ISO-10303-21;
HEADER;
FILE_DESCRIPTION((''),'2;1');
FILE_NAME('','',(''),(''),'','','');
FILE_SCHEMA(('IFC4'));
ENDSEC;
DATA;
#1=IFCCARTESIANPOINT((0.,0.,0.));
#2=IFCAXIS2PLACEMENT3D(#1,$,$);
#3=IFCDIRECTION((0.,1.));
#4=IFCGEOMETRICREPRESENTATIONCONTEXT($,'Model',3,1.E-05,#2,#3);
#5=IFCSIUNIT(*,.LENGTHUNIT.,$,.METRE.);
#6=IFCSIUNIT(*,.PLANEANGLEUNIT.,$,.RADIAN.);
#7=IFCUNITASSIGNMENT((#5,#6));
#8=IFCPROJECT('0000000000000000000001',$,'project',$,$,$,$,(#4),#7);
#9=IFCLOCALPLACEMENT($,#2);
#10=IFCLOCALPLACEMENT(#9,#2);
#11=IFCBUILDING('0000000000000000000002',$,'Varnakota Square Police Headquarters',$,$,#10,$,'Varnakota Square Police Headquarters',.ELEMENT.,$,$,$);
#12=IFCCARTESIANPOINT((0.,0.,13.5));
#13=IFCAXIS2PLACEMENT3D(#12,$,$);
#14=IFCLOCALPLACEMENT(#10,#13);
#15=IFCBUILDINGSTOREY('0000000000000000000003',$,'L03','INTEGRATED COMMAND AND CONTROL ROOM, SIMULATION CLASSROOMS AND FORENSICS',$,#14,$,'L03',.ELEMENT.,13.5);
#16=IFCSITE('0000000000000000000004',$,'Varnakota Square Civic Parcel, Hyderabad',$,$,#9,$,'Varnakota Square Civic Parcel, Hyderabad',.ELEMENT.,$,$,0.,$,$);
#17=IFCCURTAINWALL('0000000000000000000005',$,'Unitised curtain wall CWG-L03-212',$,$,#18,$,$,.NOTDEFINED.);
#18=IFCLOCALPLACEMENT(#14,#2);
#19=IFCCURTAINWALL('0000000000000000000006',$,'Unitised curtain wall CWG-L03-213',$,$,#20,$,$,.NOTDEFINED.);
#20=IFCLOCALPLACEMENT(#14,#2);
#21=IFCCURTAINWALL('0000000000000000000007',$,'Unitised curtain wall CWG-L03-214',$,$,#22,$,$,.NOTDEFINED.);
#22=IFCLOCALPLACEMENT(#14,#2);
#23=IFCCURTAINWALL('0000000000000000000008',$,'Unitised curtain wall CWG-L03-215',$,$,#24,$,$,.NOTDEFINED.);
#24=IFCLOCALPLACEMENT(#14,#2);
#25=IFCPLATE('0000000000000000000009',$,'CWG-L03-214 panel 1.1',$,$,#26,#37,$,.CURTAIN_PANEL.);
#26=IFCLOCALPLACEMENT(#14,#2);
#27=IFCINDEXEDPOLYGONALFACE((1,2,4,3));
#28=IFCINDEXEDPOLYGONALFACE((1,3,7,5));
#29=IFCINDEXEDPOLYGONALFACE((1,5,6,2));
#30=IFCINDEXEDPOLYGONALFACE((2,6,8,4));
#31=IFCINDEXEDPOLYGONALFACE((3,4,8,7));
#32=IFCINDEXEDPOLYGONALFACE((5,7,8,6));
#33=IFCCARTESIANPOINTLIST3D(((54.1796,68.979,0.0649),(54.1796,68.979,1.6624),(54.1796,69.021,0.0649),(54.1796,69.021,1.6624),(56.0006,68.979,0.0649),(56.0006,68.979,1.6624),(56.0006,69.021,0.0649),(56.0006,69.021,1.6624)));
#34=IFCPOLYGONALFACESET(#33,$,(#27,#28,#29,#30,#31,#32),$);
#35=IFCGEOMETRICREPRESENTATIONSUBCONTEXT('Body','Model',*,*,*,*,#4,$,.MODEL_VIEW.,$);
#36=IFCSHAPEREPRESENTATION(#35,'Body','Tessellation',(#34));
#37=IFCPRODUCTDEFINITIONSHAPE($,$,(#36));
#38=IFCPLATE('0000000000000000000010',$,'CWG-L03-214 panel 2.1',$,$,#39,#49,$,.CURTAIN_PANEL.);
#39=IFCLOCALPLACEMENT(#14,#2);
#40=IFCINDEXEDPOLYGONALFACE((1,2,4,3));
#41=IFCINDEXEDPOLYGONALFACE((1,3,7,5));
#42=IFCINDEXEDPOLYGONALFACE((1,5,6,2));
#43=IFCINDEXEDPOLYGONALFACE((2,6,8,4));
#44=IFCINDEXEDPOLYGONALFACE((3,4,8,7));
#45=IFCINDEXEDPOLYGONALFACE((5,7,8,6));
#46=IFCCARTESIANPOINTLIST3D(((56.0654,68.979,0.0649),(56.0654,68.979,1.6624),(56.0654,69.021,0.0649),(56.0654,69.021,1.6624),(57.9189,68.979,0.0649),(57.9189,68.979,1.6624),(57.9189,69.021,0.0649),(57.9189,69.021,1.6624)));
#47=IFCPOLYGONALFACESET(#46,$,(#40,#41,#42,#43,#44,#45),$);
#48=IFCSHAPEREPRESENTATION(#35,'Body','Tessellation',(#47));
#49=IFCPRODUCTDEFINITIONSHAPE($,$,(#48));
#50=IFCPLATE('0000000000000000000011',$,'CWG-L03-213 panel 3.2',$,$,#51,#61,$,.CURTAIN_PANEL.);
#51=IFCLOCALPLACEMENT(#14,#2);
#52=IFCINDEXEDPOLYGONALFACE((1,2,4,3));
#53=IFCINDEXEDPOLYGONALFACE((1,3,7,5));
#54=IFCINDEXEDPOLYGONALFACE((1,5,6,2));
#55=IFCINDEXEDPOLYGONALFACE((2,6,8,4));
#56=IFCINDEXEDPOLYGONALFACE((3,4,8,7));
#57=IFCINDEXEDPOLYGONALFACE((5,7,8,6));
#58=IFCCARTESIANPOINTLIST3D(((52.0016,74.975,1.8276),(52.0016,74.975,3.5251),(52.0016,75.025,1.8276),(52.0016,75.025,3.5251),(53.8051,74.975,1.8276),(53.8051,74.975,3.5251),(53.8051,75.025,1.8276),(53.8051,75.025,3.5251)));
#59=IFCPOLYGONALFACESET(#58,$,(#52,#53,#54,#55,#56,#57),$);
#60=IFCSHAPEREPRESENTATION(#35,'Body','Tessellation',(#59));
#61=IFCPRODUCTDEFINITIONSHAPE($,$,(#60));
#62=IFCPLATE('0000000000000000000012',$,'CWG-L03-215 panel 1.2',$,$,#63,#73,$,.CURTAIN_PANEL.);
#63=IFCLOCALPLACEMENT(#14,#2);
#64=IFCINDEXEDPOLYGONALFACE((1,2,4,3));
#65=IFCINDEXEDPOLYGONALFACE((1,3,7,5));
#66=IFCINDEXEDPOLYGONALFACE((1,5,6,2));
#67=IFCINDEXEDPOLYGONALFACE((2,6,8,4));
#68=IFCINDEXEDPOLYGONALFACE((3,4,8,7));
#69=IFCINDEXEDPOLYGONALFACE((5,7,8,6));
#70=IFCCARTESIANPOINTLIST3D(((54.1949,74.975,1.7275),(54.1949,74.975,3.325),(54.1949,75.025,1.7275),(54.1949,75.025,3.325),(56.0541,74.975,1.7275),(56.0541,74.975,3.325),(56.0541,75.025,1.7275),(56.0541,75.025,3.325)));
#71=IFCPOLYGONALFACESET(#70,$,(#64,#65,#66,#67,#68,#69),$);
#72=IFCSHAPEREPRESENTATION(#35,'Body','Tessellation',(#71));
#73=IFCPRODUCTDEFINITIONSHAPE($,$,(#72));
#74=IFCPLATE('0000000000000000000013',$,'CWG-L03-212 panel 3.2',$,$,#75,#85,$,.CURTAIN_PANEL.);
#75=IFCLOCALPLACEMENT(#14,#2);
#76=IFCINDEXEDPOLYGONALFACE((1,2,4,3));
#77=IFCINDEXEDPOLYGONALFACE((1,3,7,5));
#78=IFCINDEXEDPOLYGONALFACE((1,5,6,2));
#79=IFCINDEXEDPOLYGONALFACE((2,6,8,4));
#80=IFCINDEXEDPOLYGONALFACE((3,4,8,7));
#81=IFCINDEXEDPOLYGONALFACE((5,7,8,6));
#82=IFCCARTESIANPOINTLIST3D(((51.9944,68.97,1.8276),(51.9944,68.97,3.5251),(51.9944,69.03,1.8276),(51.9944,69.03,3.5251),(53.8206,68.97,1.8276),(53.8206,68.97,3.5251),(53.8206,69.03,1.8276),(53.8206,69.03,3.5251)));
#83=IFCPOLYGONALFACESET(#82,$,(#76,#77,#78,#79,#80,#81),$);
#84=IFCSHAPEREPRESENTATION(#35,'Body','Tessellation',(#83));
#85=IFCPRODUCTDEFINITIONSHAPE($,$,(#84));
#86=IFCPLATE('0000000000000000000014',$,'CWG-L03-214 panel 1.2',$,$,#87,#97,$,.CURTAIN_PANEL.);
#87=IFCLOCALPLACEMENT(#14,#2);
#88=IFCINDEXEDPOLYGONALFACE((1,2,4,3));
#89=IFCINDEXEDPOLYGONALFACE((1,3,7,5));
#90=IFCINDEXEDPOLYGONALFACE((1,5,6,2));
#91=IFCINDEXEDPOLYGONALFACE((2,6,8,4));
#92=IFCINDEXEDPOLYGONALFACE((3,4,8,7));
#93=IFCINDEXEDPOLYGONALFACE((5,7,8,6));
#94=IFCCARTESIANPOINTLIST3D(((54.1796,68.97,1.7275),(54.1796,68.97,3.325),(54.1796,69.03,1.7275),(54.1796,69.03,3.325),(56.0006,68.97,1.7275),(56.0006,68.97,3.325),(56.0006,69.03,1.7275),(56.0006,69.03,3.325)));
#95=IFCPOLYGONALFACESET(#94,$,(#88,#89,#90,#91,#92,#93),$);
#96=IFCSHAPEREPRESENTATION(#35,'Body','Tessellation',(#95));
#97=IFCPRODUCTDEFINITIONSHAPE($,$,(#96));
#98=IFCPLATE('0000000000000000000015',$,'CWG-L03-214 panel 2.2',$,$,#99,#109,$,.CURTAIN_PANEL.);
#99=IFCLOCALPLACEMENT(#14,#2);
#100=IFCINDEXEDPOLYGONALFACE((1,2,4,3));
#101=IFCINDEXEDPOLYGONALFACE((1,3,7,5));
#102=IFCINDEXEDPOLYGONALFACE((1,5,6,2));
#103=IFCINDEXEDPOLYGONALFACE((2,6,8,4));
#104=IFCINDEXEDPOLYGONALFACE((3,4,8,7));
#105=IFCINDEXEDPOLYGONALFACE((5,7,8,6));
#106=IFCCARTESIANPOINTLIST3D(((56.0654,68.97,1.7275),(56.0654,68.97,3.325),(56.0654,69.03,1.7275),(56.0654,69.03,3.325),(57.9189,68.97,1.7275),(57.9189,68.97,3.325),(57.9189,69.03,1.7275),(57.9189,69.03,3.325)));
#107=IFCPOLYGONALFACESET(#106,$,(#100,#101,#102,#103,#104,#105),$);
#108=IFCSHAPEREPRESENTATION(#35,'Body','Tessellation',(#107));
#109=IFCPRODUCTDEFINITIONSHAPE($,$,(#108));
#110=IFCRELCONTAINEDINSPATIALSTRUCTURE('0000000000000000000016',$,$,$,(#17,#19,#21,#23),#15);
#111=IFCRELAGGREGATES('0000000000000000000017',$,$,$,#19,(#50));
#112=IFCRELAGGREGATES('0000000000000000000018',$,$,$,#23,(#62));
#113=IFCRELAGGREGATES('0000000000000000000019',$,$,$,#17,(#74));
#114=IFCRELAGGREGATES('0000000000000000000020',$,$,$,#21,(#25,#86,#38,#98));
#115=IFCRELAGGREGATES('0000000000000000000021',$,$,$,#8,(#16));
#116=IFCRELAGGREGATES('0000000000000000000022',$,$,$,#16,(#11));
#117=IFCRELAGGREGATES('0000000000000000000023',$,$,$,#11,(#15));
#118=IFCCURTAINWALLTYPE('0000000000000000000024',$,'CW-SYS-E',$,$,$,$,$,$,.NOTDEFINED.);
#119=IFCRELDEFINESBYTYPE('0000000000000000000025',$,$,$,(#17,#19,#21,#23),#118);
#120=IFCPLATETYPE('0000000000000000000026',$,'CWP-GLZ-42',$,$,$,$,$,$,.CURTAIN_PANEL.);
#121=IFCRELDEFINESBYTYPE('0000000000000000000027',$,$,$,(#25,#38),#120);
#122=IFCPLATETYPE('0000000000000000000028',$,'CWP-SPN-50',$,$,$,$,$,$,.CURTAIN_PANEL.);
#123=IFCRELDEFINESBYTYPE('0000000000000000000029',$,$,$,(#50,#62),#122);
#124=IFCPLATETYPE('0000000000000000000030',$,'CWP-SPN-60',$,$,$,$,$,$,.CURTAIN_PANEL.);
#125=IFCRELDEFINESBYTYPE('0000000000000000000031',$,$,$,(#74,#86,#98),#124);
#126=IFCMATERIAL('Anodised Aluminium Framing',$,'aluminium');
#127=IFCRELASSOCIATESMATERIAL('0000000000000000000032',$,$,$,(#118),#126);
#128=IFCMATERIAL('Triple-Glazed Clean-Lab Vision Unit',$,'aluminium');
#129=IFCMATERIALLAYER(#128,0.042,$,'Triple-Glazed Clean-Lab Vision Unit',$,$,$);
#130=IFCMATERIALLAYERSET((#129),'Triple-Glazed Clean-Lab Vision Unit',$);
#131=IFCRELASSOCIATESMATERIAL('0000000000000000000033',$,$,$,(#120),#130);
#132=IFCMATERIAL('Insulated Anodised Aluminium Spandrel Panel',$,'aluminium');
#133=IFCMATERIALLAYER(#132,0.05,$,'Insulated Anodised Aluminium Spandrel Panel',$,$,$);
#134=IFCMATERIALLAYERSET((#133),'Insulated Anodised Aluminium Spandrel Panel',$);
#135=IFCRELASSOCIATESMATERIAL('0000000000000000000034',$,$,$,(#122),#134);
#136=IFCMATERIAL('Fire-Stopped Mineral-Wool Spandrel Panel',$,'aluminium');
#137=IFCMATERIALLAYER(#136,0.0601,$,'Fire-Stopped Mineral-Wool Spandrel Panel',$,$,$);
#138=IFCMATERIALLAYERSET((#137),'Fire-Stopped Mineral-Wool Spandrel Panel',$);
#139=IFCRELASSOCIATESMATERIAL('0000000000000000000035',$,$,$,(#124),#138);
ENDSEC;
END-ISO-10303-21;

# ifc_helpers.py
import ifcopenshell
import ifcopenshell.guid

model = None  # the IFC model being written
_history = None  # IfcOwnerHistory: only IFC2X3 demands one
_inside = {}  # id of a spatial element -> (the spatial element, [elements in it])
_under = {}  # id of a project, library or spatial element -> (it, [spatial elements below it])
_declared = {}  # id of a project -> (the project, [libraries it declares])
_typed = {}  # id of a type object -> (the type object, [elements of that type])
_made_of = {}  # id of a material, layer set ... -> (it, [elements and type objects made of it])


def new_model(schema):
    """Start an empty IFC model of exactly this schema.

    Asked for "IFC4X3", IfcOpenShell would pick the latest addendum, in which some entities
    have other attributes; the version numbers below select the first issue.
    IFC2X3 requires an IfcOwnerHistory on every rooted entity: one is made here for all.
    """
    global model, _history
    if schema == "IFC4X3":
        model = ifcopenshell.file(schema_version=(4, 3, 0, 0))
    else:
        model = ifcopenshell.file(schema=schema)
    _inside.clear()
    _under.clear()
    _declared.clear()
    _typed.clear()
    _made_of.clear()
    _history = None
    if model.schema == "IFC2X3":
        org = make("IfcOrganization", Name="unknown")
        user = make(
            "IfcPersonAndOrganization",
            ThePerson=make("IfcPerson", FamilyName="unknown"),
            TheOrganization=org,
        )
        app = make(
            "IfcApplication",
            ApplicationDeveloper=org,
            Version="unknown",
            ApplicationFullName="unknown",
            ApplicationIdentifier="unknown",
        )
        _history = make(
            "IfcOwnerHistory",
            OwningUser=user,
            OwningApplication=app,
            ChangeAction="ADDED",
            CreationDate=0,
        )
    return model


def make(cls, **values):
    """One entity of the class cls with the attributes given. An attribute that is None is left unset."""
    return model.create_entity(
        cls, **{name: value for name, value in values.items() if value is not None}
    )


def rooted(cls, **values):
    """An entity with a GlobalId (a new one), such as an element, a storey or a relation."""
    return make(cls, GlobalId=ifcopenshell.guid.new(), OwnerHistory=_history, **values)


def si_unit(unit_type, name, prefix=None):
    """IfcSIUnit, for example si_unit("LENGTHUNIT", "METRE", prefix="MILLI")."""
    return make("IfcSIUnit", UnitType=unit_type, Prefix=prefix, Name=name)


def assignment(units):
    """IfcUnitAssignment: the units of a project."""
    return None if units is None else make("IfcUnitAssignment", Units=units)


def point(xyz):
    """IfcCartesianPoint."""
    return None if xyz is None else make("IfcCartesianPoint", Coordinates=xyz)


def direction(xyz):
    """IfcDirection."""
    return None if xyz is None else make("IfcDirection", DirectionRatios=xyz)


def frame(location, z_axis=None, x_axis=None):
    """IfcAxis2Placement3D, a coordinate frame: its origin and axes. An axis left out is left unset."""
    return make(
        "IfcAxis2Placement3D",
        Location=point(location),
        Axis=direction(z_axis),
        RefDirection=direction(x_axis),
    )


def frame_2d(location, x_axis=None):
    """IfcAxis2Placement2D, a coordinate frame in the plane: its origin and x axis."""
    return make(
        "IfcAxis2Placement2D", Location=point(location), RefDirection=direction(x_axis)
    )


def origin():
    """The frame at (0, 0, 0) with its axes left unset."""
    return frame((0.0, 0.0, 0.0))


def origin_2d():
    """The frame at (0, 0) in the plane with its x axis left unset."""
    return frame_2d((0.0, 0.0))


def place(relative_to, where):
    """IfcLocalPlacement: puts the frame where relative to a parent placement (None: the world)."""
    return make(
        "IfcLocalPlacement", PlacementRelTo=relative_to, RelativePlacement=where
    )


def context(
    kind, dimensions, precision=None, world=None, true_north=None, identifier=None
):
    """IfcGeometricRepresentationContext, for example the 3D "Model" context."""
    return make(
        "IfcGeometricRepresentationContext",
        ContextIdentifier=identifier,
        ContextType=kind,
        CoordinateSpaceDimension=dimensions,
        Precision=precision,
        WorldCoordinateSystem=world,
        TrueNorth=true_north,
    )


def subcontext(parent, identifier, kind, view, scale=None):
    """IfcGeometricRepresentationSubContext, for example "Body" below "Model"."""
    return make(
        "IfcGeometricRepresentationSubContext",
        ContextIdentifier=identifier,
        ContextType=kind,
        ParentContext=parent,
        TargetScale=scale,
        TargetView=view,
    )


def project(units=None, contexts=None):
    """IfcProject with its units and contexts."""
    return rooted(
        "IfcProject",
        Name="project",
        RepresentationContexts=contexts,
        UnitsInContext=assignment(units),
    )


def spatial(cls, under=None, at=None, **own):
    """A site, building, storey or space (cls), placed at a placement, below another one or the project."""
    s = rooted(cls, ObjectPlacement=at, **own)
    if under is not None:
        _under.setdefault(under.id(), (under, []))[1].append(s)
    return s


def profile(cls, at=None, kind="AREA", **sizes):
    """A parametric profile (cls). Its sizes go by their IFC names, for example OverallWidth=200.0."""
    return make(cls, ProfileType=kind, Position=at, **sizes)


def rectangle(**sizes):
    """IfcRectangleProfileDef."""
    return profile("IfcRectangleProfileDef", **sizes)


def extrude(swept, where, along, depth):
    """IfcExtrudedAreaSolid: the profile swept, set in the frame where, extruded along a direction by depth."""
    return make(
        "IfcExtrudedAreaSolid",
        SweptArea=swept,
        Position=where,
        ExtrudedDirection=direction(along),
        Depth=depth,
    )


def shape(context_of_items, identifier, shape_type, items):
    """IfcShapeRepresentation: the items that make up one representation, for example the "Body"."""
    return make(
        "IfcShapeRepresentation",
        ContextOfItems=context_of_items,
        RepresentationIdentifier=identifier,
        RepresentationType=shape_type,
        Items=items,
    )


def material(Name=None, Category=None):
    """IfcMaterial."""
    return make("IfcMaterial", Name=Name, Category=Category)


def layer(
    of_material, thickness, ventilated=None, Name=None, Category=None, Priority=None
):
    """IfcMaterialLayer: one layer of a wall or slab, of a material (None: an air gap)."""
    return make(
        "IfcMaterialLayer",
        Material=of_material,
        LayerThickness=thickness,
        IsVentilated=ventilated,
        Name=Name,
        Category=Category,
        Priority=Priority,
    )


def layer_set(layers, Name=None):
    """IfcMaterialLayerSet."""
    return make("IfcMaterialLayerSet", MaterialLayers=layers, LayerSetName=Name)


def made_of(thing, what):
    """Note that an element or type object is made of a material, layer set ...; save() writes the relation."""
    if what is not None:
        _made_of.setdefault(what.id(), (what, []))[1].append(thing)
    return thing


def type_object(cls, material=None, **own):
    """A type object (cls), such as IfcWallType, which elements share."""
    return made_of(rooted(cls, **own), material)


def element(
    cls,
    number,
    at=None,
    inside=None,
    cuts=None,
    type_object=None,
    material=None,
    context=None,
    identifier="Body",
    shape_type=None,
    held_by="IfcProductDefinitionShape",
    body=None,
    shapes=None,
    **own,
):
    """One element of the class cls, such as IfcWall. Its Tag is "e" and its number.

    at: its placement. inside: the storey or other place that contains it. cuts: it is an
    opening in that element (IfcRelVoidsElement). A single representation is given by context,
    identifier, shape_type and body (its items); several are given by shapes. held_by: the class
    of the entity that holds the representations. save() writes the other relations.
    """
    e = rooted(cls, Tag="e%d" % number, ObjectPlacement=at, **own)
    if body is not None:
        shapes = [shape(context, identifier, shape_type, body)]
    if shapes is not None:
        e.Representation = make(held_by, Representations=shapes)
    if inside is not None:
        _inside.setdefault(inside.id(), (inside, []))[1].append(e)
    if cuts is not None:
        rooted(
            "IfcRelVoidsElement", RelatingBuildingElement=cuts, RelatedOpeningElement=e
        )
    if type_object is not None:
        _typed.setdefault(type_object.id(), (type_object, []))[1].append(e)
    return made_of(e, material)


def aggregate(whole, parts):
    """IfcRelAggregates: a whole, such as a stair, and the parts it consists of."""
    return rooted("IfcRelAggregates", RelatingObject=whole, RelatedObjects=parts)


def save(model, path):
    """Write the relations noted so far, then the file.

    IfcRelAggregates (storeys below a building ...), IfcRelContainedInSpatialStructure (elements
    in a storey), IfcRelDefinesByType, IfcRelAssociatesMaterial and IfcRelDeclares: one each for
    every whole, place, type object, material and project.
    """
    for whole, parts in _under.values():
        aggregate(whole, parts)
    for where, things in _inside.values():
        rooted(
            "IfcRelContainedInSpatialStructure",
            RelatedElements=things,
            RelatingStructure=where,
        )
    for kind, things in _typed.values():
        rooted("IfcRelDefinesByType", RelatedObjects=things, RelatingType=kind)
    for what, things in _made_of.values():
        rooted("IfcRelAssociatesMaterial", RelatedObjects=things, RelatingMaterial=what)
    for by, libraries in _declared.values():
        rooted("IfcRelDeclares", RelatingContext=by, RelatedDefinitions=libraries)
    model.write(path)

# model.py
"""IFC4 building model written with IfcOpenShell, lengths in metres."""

from ifc_helpers import new_model, si_unit, direction, frame, origin, origin_2d, place, context, subcontext, project, spatial, rectangle, extrude, material, layer, layer_set, type_object, element, aggregate, save


model = new_model("IFC4")

# Units and contexts
model_context = context("Model", 3, precision=1e-05, world=origin(), true_north=direction((0.0, 1.0)))
body_context = subcontext(model_context, "Body", "Model", "MODEL_VIEW")
ifc_project = project(units=[si_unit("LENGTHUNIT", "METRE"), si_unit("PLANEANGLEUNIT", "RADIAN")], contexts=[model_context])

# Site, building, storey
site_placement = place(None, origin())
site = spatial("IfcSite", under=ifc_project, at=site_placement, Name="Varnakota Square Civic Parcel, Hyderabad", LongName="Varnakota Square Civic Parcel, Hyderabad", CompositionType="ELEMENT", RefElevation=0.0)
building_placement = place(site_placement, origin())
building = spatial("IfcBuilding", under=site, at=building_placement, Name="Varnakota Square Police Headquarters", LongName="Varnakota Square Police Headquarters", CompositionType="ELEMENT")
storey_placement = place(building_placement, frame((0.0, 0.0, 13.5)))
storey = spatial("IfcBuildingStorey", under=building, at=storey_placement, Name="L03", Description="INTEGRATED COMMAND AND CONTROL ROOM, SIMULATION CLASSROOMS AND FORENSICS", LongName="L03", CompositionType="ELEMENT", Elevation=13.5)

# Curtain walls
ifc_material_1 = material(Name="Anodised Aluminium Framing", Category="aluminium")
curtain_wall_type = type_object("IfcCurtainWallType", Name="CW-SYS-E", PredefinedType="NOTDEFINED", material=ifc_material_1)
curtain_wall_1_placement = place(storey_placement, origin())
curtain_wall_1 = element("IfcCurtainWall", 1, at=curtain_wall_1_placement, inside=storey, type_object=curtain_wall_type, Name="Unitised curtain wall CWG-L03-212", PredefinedType="NOTDEFINED")
curtain_wall_2_placement = place(storey_placement, origin())
curtain_wall_2 = element("IfcCurtainWall", 2, at=curtain_wall_2_placement, inside=storey, type_object=curtain_wall_type, Name="Unitised curtain wall CWG-L03-213", PredefinedType="NOTDEFINED")

# Curtain walls
curtain_wall_3_placement = place(storey_placement, origin())
curtain_wall_3 = element("IfcCurtainWall", 3, at=curtain_wall_3_placement, inside=storey, type_object=curtain_wall_type, Name="Unitised curtain wall CWG-L03-214", PredefinedType="NOTDEFINED")
curtain_wall_4_placement = place(storey_placement, origin())
curtain_wall_4 = element("IfcCurtainWall", 4, at=curtain_wall_4_placement, inside=storey, type_object=curtain_wall_type, Name="Unitised curtain wall CWG-L03-215", PredefinedType="NOTDEFINED")

# Plates
ifc_material_2 = material(Name="Triple-Glazed Clean-Lab Vision Unit", Category="aluminium")
ifc_layer_1 = layer(ifc_material_2, 0.042, Name="Triple-Glazed Clean-Lab Vision Unit")
ifc_layer_set_1 = layer_set([ifc_layer_1], Name="Triple-Glazed Clean-Lab Vision Unit")
plate_type_1 = type_object("IfcPlateType", Name="CWP-GLZ-42", PredefinedType="CURTAIN_PANEL", material=ifc_layer_set_1)
plate_1_placement = place(storey_placement, frame((55.0901, 69.0, 0.0649), z_axis=(0.0, 0.0, 1.0), x_axis=(1.0, 0.0, 0.0)))
plate_1 = element("IfcPlate", 5, at=plate_1_placement, type_object=plate_type_1, Name="CWG-L03-214 panel 1.1", PredefinedType="CURTAIN_PANEL", context=body_context, shape_type="SweptSolid", body=[
    extrude(rectangle(XDim=1.821, YDim=0.042, at=origin_2d()), origin(), (0.0, 0.0, 1.0), 1.5974),
])
plate_2_placement = place(storey_placement, frame((56.9922, 69.0, 0.0649), z_axis=(0.0, 0.0, 1.0), x_axis=(1.0, 0.0, 0.0)))
plate_2 = element("IfcPlate", 6, at=plate_2_placement, type_object=plate_type_1, Name="CWG-L03-214 panel 2.1", PredefinedType="CURTAIN_PANEL", context=body_context, shape_type="SweptSolid", body=[
    extrude(rectangle(XDim=1.8535, YDim=0.042, at=origin_2d()), origin(), (0.0, 0.0, 1.0), 1.5974),
])
ifc_material_3 = material(Name="Insulated Anodised Aluminium Spandrel Panel", Category="aluminium")
ifc_layer_2 = layer(ifc_material_3, 0.05, Name="Insulated Anodised Aluminium Spandrel Panel")
ifc_layer_set_2 = layer_set([ifc_layer_2], Name="Insulated Anodised Aluminium Spandrel Panel")
plate_type_2 = type_object("IfcPlateType", Name="CWP-SPN-50", PredefinedType="CURTAIN_PANEL", material=ifc_layer_set_2)
plate_3_placement = place(storey_placement, frame((52.9033, 75.0, 1.8276), z_axis=(0.0, 0.0, 1.0), x_axis=(1.0, 0.0, 0.0)))
plate_3 = element("IfcPlate", 7, at=plate_3_placement, type_object=plate_type_2, Name="CWG-L03-213 panel 3.2", PredefinedType="CURTAIN_PANEL", context=body_context, shape_type="SweptSolid", body=[
    extrude(rectangle(XDim=1.8035, YDim=0.05, at=origin_2d()), origin(), (0.0, 0.0, 1.0), 1.6975),
])
aggregate(curtain_wall_2, [plate_3])
plate_4_placement = place(storey_placement, frame((55.1245, 75.0, 1.7275), z_axis=(0.0, 0.0, 1.0), x_axis=(1.0, 0.0, 0.0)))
plate_4 = element("IfcPlate", 8, at=plate_4_placement, type_object=plate_type_2, Name="CWG-L03-215 panel 1.2", PredefinedType="CURTAIN_PANEL", context=body_context, shape_type="SweptSolid", body=[
    extrude(rectangle(XDim=1.8591, YDim=0.05, at=origin_2d()), origin(), (0.0, 0.0, 1.0), 1.5974),
])
aggregate(curtain_wall_4, [plate_4])
ifc_material_4 = material(Name="Fire-Stopped Mineral-Wool Spandrel Panel", Category="aluminium")
ifc_layer_3 = layer(ifc_material_4, 0.0601, Name="Fire-Stopped Mineral-Wool Spandrel Panel")
ifc_layer_set_3 = layer_set([ifc_layer_3], Name="Fire-Stopped Mineral-Wool Spandrel Panel")
plate_type_3 = type_object("IfcPlateType", Name="CWP-SPN-60", PredefinedType="CURTAIN_PANEL", material=ifc_layer_set_3)
plate_5_placement = place(storey_placement, frame((52.9075, 69.0, 1.8276), z_axis=(0.0, 0.0, 1.0), x_axis=(1.0, 0.0, 0.0)))
plate_5 = element("IfcPlate", 9, at=plate_5_placement, type_object=plate_type_3, Name="CWG-L03-212 panel 3.2", PredefinedType="CURTAIN_PANEL", context=body_context, shape_type="SweptSolid", body=[
    extrude(rectangle(XDim=1.8262, YDim=0.0601, at=origin_2d()), origin(), (0.0, 0.0, 1.0), 1.6975),
])
aggregate(curtain_wall_1, [plate_5])
plate_6_placement = place(storey_placement, frame((55.0901, 69.0, 1.7275), z_axis=(0.0, 0.0, 1.0), x_axis=(1.0, 0.0, 0.0)))
plate_6 = element("IfcPlate", 10, at=plate_6_placement, type_object=plate_type_3, Name="CWG-L03-214 panel 1.2", PredefinedType="CURTAIN_PANEL", context=body_context, shape_type="SweptSolid", body=[
    extrude(rectangle(XDim=1.821, YDim=0.0601, at=origin_2d()), origin(), (0.0, 0.0, 1.0), 1.5974),
])
plate_7_placement = place(storey_placement, frame((56.9922, 69.0, 1.7275), z_axis=(0.0, 0.0, 1.0), x_axis=(1.0, 0.0, 0.0)))
plate_7 = element("IfcPlate", 11, at=plate_7_placement, type_object=plate_type_3, Name="CWG-L03-214 panel 2.2", PredefinedType="CURTAIN_PANEL", context=body_context, shape_type="SweptSolid", body=[
    extrude(rectangle(XDim=1.8535, YDim=0.0601, at=origin_2d()), origin(), (0.0, 0.0, 1.0), 1.5974),
])
aggregate(curtain_wall_3, [plate_1, plate_6, plate_2, plate_7])

save(model, "model.ifc")
